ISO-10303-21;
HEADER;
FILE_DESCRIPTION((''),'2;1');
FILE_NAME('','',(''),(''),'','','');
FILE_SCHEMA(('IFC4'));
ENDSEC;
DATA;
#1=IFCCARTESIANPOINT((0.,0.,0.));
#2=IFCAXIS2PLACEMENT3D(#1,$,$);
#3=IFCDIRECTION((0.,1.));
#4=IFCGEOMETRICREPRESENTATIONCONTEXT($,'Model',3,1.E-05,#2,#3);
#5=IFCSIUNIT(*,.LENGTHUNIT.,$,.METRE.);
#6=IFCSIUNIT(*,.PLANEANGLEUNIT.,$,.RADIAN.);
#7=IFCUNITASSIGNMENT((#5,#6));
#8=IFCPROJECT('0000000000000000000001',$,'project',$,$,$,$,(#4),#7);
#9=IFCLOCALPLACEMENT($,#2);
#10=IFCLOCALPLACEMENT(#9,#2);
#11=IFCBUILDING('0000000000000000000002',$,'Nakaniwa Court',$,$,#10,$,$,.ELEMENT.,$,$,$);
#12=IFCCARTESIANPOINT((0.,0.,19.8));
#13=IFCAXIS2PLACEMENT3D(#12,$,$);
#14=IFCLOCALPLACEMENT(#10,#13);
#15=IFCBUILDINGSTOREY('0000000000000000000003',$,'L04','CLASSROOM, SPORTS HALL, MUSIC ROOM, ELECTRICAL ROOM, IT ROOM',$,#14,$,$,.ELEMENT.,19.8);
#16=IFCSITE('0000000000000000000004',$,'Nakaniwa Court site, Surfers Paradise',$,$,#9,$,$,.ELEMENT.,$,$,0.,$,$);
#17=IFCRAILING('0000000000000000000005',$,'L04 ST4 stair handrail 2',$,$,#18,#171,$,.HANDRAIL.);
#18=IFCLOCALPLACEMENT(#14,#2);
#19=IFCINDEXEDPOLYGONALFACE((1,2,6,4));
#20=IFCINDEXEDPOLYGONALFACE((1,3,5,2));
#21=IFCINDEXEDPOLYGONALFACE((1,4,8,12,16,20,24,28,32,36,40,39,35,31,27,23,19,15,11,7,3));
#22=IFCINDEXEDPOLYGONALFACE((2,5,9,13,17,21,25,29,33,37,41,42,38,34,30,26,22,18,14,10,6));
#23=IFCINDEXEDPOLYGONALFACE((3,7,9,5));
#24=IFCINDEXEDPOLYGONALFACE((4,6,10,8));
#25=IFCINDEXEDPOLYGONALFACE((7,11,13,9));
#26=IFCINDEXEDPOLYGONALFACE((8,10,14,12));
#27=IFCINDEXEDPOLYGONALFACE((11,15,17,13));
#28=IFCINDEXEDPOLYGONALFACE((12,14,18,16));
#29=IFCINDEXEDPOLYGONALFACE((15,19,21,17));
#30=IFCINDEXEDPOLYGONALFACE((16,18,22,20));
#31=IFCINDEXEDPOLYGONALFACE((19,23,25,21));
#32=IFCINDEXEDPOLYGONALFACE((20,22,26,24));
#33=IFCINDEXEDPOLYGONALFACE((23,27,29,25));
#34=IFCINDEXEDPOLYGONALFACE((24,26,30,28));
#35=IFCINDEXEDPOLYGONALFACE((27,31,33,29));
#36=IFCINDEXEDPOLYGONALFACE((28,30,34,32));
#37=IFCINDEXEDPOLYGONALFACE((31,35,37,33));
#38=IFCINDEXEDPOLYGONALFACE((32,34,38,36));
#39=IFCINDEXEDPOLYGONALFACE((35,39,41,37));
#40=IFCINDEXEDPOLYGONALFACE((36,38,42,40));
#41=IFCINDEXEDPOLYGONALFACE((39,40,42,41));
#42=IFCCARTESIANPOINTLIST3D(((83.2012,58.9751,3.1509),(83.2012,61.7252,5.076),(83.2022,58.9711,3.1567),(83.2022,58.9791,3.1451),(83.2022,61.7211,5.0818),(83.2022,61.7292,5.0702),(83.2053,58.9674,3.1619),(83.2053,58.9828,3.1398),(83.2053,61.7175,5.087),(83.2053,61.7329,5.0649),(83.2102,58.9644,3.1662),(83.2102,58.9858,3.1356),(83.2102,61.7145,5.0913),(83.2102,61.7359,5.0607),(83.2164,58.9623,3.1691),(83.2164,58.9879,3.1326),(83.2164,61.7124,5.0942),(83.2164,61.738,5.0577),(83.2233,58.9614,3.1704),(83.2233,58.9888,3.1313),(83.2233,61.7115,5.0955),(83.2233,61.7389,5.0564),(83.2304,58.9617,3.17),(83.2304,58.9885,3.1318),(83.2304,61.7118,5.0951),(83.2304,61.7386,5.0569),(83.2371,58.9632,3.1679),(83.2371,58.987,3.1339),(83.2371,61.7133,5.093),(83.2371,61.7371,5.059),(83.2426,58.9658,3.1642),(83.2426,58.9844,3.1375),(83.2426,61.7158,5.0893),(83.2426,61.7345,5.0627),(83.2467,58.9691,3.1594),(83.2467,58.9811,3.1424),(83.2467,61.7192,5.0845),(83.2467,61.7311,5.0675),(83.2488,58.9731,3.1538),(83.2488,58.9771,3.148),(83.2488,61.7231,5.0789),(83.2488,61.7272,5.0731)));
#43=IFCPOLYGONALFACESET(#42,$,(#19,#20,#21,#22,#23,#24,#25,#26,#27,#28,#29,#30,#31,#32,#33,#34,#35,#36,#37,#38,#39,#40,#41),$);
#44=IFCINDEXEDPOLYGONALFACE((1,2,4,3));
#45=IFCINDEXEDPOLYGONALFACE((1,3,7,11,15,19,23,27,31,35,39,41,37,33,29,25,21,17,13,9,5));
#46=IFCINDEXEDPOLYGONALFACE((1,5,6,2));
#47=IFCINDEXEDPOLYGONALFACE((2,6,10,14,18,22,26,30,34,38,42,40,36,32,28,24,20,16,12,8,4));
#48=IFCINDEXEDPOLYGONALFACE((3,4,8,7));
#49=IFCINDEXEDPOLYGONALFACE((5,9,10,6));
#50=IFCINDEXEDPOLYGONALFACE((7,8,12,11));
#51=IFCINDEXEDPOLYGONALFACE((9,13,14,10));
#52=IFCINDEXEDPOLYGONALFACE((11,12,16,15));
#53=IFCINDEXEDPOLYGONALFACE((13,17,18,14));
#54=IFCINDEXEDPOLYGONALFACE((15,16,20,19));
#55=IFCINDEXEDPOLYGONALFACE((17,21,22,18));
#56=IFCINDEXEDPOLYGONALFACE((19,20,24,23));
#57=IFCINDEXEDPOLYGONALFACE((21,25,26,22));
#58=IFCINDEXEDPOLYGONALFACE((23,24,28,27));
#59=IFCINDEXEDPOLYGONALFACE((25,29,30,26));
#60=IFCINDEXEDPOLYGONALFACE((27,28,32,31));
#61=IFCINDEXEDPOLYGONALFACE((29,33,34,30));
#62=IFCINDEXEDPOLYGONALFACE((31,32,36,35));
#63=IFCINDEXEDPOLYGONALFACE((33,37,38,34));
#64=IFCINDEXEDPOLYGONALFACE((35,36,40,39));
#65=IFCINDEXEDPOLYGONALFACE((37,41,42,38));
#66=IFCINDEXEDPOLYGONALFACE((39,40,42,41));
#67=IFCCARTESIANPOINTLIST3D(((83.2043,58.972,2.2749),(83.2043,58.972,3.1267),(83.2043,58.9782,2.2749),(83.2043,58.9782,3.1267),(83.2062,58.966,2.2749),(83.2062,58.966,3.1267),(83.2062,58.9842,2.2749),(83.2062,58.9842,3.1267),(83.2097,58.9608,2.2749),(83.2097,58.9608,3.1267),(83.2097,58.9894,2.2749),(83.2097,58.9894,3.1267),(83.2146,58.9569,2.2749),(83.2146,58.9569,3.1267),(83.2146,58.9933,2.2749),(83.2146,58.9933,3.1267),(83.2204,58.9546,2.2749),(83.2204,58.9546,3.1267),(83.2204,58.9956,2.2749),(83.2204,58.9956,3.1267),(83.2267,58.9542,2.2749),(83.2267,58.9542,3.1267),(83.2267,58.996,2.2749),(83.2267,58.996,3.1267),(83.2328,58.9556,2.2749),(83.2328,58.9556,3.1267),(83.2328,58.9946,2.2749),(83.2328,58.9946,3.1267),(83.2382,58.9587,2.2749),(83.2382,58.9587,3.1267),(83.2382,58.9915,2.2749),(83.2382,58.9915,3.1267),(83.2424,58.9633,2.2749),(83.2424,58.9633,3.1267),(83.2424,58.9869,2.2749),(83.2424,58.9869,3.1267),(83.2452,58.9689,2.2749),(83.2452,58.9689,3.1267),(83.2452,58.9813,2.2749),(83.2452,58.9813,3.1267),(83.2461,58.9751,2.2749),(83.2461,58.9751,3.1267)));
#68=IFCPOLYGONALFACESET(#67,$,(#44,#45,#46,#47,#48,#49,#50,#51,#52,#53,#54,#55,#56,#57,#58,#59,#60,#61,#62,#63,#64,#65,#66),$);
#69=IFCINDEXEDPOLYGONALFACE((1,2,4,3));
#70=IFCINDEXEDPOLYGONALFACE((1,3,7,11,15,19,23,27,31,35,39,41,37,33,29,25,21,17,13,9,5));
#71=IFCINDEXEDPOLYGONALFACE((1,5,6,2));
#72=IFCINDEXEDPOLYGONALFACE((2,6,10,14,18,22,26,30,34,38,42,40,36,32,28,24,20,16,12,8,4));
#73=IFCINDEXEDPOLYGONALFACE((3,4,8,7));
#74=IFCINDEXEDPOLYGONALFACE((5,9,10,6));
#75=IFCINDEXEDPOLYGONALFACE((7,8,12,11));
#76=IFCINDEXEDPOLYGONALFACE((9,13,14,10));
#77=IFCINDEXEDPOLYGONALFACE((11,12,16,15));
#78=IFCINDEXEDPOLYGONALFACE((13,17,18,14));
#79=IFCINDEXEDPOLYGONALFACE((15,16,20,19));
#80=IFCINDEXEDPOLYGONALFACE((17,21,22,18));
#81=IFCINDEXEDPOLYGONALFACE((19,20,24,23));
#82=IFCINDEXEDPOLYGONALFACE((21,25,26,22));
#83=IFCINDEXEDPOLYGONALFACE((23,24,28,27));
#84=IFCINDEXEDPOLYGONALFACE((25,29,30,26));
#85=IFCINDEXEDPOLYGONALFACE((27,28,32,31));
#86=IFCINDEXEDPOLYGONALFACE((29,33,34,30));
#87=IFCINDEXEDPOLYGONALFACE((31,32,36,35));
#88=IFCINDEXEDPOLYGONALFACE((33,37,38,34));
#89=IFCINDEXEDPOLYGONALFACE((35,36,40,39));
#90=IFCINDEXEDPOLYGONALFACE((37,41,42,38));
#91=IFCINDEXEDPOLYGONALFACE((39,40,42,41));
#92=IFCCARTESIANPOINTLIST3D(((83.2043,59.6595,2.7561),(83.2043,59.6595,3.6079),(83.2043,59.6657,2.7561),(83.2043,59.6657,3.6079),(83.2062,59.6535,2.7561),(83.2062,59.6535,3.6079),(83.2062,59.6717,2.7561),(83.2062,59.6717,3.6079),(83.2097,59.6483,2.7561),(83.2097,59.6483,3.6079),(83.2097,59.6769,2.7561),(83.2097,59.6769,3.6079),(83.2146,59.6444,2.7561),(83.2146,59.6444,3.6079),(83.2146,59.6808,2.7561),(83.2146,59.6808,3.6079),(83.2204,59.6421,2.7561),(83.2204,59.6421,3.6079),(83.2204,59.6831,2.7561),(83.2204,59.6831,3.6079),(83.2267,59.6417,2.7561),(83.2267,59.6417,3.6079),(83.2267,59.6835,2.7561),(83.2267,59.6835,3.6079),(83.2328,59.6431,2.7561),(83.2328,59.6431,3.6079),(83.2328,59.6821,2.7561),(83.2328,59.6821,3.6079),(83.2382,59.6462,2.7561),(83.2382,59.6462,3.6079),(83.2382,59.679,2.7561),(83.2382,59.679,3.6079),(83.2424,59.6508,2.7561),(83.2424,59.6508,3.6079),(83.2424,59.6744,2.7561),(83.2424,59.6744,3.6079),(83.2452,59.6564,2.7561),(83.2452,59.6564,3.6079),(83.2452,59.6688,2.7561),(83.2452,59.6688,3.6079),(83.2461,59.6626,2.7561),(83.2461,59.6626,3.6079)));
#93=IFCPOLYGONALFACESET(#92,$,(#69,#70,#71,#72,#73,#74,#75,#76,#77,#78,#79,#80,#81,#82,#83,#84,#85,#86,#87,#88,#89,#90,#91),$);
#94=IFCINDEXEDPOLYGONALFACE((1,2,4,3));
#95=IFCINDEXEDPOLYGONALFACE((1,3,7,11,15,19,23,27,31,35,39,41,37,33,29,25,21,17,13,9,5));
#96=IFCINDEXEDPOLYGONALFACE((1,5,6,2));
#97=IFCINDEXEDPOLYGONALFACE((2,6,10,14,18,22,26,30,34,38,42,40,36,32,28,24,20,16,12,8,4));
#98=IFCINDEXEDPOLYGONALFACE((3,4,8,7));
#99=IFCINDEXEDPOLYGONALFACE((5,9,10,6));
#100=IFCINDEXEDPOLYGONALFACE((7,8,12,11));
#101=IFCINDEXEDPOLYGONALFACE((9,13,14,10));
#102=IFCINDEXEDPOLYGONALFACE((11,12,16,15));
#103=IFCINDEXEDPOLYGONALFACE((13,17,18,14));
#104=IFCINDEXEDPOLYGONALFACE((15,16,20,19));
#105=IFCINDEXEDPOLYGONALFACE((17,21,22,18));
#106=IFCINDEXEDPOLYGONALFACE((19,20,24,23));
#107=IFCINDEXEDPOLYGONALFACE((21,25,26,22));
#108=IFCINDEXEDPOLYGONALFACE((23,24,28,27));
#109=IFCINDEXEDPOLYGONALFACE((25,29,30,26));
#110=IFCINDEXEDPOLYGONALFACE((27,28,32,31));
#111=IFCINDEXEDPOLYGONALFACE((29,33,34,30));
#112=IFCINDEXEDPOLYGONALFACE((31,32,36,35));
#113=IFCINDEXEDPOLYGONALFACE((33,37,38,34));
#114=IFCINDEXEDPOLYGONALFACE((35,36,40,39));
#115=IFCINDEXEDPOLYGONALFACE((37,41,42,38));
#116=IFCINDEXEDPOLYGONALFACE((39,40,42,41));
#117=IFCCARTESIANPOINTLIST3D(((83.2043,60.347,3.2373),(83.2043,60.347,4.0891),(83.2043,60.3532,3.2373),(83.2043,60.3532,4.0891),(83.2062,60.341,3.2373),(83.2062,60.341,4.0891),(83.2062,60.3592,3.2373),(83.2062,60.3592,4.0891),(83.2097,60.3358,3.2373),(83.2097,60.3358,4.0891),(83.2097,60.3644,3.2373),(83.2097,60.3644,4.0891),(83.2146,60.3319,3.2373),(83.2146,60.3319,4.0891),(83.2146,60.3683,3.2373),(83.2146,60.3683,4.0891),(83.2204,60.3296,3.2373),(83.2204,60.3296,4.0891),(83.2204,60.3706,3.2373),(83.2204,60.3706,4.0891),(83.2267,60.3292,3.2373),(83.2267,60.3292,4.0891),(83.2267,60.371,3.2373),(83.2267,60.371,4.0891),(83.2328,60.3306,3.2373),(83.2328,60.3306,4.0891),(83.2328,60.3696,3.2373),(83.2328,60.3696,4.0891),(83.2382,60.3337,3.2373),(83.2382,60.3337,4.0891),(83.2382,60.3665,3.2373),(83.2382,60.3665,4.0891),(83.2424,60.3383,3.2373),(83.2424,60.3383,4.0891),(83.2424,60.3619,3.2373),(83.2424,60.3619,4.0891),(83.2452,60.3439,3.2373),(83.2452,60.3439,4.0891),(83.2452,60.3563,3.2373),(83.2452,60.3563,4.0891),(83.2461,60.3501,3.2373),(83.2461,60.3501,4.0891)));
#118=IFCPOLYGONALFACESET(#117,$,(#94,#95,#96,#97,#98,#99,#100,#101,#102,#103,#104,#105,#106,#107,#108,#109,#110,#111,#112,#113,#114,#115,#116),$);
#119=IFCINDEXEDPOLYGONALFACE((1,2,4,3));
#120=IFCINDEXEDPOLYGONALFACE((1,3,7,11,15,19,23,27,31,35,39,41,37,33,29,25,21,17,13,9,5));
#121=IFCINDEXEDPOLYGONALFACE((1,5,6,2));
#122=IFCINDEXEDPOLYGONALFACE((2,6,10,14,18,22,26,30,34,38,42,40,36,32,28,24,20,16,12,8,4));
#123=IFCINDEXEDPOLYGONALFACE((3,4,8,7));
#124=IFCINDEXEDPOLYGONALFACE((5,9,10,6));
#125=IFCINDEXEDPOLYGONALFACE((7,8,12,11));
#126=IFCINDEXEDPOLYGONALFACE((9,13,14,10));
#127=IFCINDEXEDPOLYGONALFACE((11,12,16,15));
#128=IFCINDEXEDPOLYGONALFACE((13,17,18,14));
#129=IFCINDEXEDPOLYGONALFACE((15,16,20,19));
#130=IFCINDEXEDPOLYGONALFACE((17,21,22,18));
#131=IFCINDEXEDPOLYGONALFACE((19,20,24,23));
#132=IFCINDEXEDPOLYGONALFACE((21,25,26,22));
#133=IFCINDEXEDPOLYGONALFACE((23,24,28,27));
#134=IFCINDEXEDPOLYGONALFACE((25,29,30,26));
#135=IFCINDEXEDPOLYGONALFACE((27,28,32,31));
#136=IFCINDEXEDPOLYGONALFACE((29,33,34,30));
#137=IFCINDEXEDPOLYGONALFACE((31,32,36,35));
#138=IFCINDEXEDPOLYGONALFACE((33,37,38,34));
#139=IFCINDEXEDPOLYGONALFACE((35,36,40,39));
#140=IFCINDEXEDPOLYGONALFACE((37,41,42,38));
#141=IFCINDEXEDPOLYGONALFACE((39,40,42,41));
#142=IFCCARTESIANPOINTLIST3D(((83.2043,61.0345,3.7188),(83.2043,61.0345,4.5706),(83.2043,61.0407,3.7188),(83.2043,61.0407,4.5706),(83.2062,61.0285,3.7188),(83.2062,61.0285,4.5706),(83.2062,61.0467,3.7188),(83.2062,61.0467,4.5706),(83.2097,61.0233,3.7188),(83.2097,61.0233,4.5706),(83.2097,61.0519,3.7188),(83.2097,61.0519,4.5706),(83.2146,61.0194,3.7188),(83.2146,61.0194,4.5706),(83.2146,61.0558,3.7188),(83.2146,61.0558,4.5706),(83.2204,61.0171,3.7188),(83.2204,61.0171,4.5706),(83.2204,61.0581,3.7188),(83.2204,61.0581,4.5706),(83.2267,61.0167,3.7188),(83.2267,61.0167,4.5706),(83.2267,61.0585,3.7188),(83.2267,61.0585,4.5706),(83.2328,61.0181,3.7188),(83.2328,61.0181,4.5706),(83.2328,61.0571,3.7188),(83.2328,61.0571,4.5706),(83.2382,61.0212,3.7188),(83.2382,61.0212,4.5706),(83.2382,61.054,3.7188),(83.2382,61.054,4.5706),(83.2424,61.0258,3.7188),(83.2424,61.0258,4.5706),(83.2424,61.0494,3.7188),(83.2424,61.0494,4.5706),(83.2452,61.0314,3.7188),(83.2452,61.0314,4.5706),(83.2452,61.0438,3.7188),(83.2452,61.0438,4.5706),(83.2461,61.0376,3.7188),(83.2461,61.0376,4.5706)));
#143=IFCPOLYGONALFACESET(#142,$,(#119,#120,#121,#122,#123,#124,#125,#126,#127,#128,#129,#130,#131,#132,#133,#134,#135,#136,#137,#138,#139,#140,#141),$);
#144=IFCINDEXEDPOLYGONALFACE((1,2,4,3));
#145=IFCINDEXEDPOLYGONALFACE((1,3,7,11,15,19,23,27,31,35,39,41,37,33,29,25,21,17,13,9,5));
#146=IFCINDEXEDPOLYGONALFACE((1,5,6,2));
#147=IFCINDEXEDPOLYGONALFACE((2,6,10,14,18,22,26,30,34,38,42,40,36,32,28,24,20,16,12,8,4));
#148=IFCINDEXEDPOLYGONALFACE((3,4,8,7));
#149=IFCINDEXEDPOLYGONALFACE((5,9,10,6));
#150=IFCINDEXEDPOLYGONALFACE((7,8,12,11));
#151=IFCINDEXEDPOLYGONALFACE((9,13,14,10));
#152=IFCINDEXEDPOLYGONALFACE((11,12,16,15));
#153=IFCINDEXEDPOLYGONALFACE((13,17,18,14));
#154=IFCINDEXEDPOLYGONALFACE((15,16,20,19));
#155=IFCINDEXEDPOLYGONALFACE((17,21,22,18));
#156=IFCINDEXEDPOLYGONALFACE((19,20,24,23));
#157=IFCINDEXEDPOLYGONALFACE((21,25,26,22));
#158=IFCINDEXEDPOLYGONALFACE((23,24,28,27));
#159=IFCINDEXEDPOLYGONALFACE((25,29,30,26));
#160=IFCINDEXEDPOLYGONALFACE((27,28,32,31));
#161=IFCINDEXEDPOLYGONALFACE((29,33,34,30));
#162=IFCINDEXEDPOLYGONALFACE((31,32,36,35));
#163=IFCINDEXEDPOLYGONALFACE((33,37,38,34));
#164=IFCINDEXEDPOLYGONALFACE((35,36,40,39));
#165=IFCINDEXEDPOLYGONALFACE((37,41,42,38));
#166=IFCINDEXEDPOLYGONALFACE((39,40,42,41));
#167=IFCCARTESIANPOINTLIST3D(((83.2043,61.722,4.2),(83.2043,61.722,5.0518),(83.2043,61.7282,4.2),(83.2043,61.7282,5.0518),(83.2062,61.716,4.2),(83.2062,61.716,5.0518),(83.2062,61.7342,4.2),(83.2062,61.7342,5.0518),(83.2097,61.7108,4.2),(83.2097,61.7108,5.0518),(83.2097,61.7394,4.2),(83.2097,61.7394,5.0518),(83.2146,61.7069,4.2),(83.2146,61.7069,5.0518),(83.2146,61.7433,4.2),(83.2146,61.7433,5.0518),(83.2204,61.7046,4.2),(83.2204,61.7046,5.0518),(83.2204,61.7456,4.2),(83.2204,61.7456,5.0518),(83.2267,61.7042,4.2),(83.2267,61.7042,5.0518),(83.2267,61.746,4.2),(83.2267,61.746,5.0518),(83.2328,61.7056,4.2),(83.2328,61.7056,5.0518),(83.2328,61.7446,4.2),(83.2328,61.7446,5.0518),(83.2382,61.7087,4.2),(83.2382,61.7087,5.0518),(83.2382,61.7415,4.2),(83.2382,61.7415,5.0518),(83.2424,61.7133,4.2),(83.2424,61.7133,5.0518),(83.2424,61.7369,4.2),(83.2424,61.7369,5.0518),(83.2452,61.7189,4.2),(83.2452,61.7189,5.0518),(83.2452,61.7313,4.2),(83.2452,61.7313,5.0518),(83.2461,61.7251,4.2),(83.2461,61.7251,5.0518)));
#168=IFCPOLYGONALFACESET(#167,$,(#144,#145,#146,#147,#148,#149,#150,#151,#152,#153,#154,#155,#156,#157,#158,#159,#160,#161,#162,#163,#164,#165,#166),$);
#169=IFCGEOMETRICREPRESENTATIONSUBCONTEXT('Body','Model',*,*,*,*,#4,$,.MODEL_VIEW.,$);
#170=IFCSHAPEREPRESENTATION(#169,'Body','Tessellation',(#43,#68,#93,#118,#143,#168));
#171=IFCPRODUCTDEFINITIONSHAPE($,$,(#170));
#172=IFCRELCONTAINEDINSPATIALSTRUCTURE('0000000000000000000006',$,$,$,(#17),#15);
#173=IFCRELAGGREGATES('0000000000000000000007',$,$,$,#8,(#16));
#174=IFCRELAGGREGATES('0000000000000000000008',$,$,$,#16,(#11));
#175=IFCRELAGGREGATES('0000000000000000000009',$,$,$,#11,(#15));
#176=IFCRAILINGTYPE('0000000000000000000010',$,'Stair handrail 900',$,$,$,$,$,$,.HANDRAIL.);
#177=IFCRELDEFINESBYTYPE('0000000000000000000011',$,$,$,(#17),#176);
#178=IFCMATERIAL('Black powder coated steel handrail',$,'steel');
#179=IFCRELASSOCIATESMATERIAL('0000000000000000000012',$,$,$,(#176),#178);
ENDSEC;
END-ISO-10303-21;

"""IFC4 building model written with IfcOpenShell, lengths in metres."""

from ifc_helpers import new_model, si_unit, direction, frame, origin, origin_2d, place, context, subcontext, project, spatial, circle, extrude, material, type_object, element, save


model = new_model("IFC4")

# Units and contexts
model_context = context("Model", 3, precision=1e-05, world=origin(), true_north=direction((0.0, 1.0)))
body_context = subcontext(model_context, "Body", "Model", "MODEL_VIEW")
ifc_project = project(units=[si_unit("LENGTHUNIT", "METRE"), si_unit("PLANEANGLEUNIT", "RADIAN")], contexts=[model_context])

# Site, building, storey
site_placement = place(None, origin())
site = spatial("IfcSite", under=ifc_project, at=site_placement, Name="Nakaniwa Court site, Surfers Paradise", CompositionType="ELEMENT", RefElevation=0.0)
building_placement = place(site_placement, origin())
building = spatial("IfcBuilding", under=site, at=building_placement, Name="Nakaniwa Court", CompositionType="ELEMENT")
storey_placement = place(building_placement, frame((0.0, 0.0, 19.8)))
storey = spatial("IfcBuildingStorey", under=building, at=storey_placement, Name="L04", Description="CLASSROOM, SPORTS HALL, MUSIC ROOM, ELECTRICAL ROOM, IT ROOM", CompositionType="ELEMENT", Elevation=19.8)

# Railing
ifc_material_1 = material(Name="Black powder coated steel handrail", Category="steel")
railing_type_1 = type_object("IfcRailingType", Name="Stair handrail 900", PredefinedType="HANDRAIL", material=ifc_material_1)
for number, where, name in (
    (1, (83.2251, 58.9751, 2.2749), "L04 ST4 stair handrail 2"),
):
    element("IfcRailing", number, at=place(storey_placement, frame(where)), inside=storey, type_object=railing_type_1, Name=name, PredefinedType="HANDRAIL", context=body_context, shape_type="SweptSolid", body=[
        extrude(circle(Radius=0.0239, at=origin_2d()), frame((0.0, 0.0, 0.876), z_axis=(0.0, 0.819225, 0.573472), x_axis=(-1.0, 0.0, 0.0)), (0.0, 0.0, 1.0), 3.3569),
        extrude(circle(Radius=0.021, at=origin_2d()), origin(), (0.0, 0.0, 1.0), 0.8518),
        extrude(circle(Radius=0.021, at=origin_2d()), frame((0.0, 0.6875, 0.4812)), (0.0, 0.0, 1.0), 0.8518),
        extrude(circle(Radius=0.021, at=origin_2d()), frame((0.0, 1.375, 0.9624)), (0.0, 0.0, 1.0), 0.8518),
        extrude(circle(Radius=0.021, at=origin_2d()), frame((0.0, 2.0625, 1.4438)), (0.0, 0.0, 1.0), 0.8518),
        extrude(circle(Radius=0.021, at=origin_2d()), frame((0.0, 2.75, 1.925)), (0.0, 0.0, 1.0), 0.8518),
    ])

save(model, "model.ifc")
